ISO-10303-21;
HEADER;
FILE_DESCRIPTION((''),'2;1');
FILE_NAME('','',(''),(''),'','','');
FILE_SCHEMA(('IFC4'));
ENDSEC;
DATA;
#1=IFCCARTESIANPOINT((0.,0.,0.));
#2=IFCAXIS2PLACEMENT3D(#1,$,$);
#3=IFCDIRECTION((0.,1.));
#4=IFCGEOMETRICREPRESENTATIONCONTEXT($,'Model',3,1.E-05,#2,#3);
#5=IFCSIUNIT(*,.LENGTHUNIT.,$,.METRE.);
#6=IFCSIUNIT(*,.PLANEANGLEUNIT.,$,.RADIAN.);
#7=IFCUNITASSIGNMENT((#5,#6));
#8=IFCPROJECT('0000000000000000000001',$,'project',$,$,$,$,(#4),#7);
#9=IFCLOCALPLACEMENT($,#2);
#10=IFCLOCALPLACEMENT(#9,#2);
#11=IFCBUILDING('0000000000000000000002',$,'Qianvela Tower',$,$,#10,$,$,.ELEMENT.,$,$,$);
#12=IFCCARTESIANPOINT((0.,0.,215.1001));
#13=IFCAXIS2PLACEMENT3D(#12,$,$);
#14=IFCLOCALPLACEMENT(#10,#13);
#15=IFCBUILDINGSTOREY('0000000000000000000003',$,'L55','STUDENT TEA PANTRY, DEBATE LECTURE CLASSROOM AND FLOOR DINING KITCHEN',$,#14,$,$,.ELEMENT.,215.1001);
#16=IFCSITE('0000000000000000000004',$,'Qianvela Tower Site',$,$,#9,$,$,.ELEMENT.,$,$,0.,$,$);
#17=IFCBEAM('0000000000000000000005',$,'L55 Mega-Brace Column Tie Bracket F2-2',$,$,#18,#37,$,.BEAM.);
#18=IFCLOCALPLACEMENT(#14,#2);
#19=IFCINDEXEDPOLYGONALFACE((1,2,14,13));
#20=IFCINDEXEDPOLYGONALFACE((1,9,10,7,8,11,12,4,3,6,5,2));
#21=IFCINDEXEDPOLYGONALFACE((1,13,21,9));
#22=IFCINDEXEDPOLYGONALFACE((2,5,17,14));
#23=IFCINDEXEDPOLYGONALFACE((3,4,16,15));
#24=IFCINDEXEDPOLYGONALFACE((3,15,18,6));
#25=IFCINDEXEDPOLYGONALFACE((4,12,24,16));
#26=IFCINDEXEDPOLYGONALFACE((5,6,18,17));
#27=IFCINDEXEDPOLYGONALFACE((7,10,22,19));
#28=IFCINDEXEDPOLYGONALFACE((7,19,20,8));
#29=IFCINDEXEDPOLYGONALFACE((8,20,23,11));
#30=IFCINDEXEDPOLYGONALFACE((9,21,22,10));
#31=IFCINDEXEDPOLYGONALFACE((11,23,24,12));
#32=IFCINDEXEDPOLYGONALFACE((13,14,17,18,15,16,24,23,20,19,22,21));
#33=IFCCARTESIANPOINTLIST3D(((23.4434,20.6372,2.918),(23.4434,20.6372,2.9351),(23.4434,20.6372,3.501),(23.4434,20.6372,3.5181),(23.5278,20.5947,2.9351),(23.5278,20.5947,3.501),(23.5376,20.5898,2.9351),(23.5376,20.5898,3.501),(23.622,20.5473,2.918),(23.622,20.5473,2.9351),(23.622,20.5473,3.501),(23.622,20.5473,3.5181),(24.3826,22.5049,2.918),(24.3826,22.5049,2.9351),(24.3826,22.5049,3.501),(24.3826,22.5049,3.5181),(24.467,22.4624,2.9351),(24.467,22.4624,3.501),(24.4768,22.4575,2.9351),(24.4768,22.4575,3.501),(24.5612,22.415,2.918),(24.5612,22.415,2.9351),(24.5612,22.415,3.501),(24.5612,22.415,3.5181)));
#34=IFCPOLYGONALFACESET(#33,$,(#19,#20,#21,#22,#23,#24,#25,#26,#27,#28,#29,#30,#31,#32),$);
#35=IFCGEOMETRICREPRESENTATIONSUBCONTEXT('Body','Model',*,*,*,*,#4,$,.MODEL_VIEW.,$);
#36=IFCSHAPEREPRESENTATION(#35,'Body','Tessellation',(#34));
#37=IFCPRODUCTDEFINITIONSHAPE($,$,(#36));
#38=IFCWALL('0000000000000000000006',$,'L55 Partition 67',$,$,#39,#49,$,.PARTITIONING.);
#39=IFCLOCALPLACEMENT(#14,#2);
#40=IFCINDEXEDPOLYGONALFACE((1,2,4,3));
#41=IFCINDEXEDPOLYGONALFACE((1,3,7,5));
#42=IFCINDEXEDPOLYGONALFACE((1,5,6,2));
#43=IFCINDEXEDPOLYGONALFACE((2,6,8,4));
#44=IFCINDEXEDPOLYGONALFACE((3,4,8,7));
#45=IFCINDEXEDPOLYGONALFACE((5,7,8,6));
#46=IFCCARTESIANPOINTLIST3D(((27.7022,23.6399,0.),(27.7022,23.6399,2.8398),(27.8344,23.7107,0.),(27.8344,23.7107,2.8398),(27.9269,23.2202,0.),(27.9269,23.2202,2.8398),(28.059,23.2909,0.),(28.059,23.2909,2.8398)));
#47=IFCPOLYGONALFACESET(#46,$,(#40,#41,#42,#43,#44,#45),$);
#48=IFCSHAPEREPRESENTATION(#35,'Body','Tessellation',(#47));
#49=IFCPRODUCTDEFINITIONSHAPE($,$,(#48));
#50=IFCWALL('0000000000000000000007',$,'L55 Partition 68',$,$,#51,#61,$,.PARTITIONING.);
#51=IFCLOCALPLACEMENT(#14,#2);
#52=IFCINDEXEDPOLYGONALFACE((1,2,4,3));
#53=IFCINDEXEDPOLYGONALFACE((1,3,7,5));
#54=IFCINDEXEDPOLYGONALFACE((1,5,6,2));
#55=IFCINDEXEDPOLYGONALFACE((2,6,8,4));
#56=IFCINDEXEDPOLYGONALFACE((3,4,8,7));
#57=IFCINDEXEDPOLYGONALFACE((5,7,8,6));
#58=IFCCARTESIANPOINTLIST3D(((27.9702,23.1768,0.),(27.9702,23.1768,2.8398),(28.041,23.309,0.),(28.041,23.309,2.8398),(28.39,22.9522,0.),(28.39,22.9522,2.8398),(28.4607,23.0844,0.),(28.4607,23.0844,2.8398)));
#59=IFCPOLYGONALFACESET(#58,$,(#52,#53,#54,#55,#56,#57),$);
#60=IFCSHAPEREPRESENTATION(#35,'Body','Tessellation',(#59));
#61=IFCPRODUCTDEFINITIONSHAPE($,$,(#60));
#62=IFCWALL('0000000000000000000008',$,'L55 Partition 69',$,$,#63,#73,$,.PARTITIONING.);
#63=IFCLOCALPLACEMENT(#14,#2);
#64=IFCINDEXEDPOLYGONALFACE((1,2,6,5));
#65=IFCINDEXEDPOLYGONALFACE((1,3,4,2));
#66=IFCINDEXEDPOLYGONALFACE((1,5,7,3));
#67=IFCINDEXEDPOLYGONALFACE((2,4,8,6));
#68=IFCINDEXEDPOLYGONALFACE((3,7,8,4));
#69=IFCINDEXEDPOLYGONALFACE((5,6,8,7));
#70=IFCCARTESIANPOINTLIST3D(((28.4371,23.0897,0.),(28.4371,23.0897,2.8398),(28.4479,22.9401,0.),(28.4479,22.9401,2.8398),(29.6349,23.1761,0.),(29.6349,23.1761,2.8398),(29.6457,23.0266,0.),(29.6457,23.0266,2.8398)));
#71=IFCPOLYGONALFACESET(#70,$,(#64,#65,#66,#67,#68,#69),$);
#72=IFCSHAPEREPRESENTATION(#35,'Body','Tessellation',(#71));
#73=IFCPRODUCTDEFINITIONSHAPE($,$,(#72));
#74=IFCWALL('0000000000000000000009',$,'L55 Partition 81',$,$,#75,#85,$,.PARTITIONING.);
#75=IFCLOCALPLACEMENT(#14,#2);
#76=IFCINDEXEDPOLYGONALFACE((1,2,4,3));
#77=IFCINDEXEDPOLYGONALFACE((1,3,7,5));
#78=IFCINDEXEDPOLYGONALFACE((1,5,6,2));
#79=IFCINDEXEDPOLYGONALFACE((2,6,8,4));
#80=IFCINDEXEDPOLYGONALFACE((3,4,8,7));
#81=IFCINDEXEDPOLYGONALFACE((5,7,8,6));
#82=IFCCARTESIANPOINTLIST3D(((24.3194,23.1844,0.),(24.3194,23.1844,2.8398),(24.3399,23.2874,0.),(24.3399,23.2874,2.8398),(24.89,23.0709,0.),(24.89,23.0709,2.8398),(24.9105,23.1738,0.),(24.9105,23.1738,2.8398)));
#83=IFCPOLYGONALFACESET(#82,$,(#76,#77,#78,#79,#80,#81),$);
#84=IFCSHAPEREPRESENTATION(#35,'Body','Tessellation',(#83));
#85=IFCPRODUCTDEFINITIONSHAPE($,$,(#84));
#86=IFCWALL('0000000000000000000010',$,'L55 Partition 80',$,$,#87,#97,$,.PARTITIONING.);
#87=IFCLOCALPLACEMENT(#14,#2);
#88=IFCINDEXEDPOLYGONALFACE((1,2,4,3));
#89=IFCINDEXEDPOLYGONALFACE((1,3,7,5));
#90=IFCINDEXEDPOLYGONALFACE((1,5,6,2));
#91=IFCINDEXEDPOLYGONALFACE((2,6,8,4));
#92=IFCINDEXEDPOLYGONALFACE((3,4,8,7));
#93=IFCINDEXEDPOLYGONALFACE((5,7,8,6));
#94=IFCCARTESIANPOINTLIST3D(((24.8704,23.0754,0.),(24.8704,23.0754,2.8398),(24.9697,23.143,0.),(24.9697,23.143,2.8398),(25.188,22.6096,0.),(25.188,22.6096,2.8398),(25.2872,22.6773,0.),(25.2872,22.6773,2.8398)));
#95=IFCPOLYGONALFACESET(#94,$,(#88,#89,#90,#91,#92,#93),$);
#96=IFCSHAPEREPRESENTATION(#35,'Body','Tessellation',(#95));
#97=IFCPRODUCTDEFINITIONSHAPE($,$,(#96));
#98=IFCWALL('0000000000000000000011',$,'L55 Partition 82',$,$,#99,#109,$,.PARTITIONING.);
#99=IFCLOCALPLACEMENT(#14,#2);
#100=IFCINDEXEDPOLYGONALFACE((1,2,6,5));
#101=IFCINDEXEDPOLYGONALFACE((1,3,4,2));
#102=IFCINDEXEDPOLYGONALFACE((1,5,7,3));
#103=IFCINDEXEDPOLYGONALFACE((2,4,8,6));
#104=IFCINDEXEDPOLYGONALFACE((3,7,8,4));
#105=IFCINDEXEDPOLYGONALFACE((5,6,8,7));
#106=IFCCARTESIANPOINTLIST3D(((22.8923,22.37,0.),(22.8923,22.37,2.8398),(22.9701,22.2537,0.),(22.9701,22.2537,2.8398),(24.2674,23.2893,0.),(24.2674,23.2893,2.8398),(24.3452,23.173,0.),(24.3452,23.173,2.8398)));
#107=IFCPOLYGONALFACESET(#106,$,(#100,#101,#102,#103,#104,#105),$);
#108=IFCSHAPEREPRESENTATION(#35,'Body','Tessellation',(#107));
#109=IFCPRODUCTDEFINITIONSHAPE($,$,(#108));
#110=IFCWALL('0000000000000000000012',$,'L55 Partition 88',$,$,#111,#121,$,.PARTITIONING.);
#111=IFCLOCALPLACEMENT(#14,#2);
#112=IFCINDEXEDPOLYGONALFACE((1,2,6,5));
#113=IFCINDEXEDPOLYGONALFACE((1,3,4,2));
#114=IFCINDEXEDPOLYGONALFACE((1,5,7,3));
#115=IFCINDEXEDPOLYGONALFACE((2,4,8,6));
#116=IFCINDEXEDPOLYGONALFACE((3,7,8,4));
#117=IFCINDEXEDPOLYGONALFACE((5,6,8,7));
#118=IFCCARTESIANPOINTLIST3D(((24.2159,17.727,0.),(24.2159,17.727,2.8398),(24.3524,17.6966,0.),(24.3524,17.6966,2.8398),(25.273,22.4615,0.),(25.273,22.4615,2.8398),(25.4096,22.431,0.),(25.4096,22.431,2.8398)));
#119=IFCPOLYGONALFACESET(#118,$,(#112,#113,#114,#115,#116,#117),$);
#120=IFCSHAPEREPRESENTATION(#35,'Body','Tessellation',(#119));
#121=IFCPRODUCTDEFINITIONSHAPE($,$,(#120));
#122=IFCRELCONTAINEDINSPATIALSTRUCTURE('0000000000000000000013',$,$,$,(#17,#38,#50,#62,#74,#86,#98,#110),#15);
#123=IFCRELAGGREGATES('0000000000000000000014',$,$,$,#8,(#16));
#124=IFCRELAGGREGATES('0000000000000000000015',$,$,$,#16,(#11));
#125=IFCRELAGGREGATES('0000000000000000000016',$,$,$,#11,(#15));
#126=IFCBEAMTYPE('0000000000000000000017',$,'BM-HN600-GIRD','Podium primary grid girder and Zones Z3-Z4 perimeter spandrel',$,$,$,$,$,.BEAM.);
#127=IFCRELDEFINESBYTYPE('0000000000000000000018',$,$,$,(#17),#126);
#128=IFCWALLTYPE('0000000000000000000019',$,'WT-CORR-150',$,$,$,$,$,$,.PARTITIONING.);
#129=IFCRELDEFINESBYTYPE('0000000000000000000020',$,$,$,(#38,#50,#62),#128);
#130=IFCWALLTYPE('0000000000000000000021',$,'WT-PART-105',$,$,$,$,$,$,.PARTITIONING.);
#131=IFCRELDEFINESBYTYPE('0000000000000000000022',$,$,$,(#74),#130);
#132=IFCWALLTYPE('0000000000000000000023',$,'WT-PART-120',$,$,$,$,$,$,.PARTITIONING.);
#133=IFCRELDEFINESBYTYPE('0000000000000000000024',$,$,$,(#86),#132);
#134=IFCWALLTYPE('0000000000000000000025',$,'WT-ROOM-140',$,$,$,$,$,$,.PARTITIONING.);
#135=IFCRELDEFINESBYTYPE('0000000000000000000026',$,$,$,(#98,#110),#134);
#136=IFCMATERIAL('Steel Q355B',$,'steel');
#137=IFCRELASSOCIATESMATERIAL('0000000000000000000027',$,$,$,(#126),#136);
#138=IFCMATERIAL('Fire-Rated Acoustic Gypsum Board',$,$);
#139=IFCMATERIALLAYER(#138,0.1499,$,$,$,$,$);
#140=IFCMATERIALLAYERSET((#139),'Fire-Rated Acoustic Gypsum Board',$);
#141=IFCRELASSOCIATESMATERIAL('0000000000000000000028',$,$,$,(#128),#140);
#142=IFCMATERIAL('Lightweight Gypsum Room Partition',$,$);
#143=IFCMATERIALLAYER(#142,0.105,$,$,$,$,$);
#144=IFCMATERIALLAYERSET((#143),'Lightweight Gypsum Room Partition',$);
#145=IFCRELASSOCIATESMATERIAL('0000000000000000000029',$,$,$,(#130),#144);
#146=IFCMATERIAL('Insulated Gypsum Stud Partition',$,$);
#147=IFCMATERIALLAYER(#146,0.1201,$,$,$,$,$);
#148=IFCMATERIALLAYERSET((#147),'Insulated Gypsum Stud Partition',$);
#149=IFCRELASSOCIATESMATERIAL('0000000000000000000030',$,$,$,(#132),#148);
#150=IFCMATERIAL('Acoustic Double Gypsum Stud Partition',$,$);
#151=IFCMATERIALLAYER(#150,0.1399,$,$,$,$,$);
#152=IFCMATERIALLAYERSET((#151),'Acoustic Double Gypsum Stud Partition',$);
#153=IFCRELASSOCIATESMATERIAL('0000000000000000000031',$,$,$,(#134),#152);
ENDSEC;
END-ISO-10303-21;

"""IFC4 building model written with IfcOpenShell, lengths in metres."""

from ifc_helpers import new_model, si_unit, direction, frame, frame_2d, origin, origin_2d, place, context, subcontext, project, spatial, rectangle, i_section, extrude, material, layer, layer_set, material_profile, profile_set, type_object, element, save


model = new_model("IFC4")

# Units and contexts
model_context = context("Model", 3, precision=1e-05, world=origin(), true_north=direction((0.0, 1.0)))
body_context = subcontext(model_context, "Body", "Model", "MODEL_VIEW")
ifc_project = project(units=[si_unit("LENGTHUNIT", "METRE"), si_unit("PLANEANGLEUNIT", "RADIAN")], contexts=[model_context])

# Site, building, storey
site_placement = place(None, origin())
site = spatial("IfcSite", under=ifc_project, at=site_placement, Name="Qianvela Tower Site", CompositionType="ELEMENT", RefElevation=0.0)
building_placement = place(site_placement, origin())
building = spatial("IfcBuilding", under=site, at=building_placement, Name="Qianvela Tower", CompositionType="ELEMENT")
storey_placement = place(building_placement, frame((0.0, 0.0, 215.1001)))
storey = spatial("IfcBuildingStorey", under=building, at=storey_placement, Name="L55", Description="STUDENT TEA PANTRY, DEBATE LECTURE CLASSROOM AND FLOOR DINING KITCHEN", CompositionType="ELEMENT", Elevation=215.1001)

# Beam
ifc_material_1 = material(Name="Steel Q355B", Category="steel")
ifc_material_profile_1 = material_profile(ifc_material_1, i_section(OverallWidth=0.2, OverallDepth=0.6001, WebThickness=0.011, FlangeThickness=0.0171, at=origin_2d()), Name="HN600x200x11x17")
ifc_profile_set_1 = profile_set([ifc_material_profile_1], Name="Steel Q355B")
beam_type_1 = type_object("IfcBeamType", Name="BM-HN600-GIRD", Description="Podium primary grid girder and Zones Z3-Z4 perimeter spandrel", PredefinedType="BEAM", material=ifc_profile_set_1)
for number, where, z_axis, x_axis, name in (
    (1, (24.4719, 22.46, 3.218), (-0.449268, -0.893397, 0.0), (0.893397, -0.449268, 0.0), "L55 Mega-Brace Column Tie Bracket F2-2"),
):
    element("IfcBeam", number, at=place(storey_placement, frame(where, z_axis=z_axis, x_axis=x_axis)), inside=storey, type_object=beam_type_1, Name=name, PredefinedType="BEAM", context=body_context, shape_type="SweptSolid", body=[
        extrude(i_section(OverallWidth=0.2, OverallDepth=0.6001, WebThickness=0.011, FlangeThickness=0.0171, at=origin_2d()), origin(), (0.0, 0.0, 1.0), 2.0906),
    ])

# Walls
ifc_material_2 = material(Name="Fire-Rated Acoustic Gypsum Board")
ifc_layer_1 = layer(ifc_material_2, 0.1499)
ifc_layer_set_1 = layer_set([ifc_layer_1], Name="Fire-Rated Acoustic Gypsum Board")
wall_type_1 = type_object("IfcWallType", Name="WT-CORR-150", PredefinedType="PARTITIONING", material=ifc_layer_set_1)
for number, where, z_axis, x_axis, name in (
    (2, (27.7683, 23.6753, 0.0), (0.0, 0.0, 1.0), (0.471866, -0.881671, 0.0), "L55 Partition 67"),
    (3, (28.0056, 23.2429, 0.0), (0.0, 0.0, 1.0), (0.881671, -0.471866, 0.0), "L55 Partition 68"),
):
    element("IfcWall", number, at=place(storey_placement, frame(where, z_axis=z_axis, x_axis=x_axis)), inside=storey, type_object=wall_type_1, Name=name, PredefinedType="PARTITIONING", context=body_context, shape_type="SweptSolid", body=[
        extrude(rectangle(XDim=0.4761, YDim=0.1499, at=frame_2d((0.238, 0.0))), origin(), (0.0, 0.0, 1.0), 2.8398),
    ])
wall_1_placement = place(storey_placement, frame((28.4424, 23.0149, 0.0), z_axis=(0.0, 0.0, 1.0), x_axis=(0.997407, 0.071969, 0.0)))
element("IfcWall", 4, at=wall_1_placement, inside=storey, type_object=wall_type_1, Name="L55 Partition 69", PredefinedType="PARTITIONING", context=body_context, shape_type="SweptSolid", body=[
    extrude(rectangle(XDim=1.2009, YDim=0.1499, at=frame_2d((0.6006, 0.0))), origin(), (0.0, 0.0, 1.0), 2.8398),
])
ifc_material_3 = material(Name="Lightweight Gypsum Room Partition")
ifc_layer_2 = layer(ifc_material_3, 0.105)
ifc_layer_set_2 = layer_set([ifc_layer_2], Name="Lightweight Gypsum Room Partition")
wall_type_2 = type_object("IfcWallType", Name="WT-PART-105", PredefinedType="PARTITIONING", material=ifc_layer_set_2)
wall_2_placement = place(storey_placement, frame((24.9004, 23.1223, 0.0), z_axis=(0.0, 0.0, 1.0), x_axis=(-0.980774, 0.195148, 0.0)))
element("IfcWall", 5, at=wall_2_placement, inside=storey, type_object=wall_type_2, Name="L55 Partition 81", PredefinedType="PARTITIONING", context=body_context, shape_type="SweptSolid", body=[
    extrude(rectangle(XDim=0.5818, YDim=0.105, at=frame_2d((0.291, 0.0))), origin(), (0.0, 0.0, 1.0), 2.8398),
])
ifc_material_4 = material(Name="Insulated Gypsum Stud Partition")
ifc_layer_3 = layer(ifc_material_4, 0.1201)
ifc_layer_set_3 = layer_set([ifc_layer_3], Name="Insulated Gypsum Stud Partition")
wall_type_3 = type_object("IfcWallType", Name="WT-PART-120", PredefinedType="PARTITIONING", material=ifc_layer_set_3)
wall_3_placement = place(storey_placement, frame((25.2375, 22.6436, 0.0), z_axis=(0.0, 0.0, 1.0), x_axis=(-0.563364, 0.826209, 0.0)))
element("IfcWall", 6, at=wall_3_placement, inside=storey, type_object=wall_type_3, Name="L55 Partition 80", PredefinedType="PARTITIONING", context=body_context, shape_type="SweptSolid", body=[
    extrude(rectangle(XDim=0.5637, YDim=0.1201, at=frame_2d((0.2817, 0.0))), origin(), (0.0, 0.0, 1.0), 2.8398),
])
ifc_material_5 = material(Name="Acoustic Double Gypsum Stud Partition")
ifc_layer_4 = layer(ifc_material_5, 0.1399)
ifc_layer_set_4 = layer_set([ifc_layer_4], Name="Acoustic Double Gypsum Stud Partition")
wall_type_4 = type_object("IfcWallType", Name="WT-ROOM-140", PredefinedType="PARTITIONING", material=ifc_layer_set_4)
wall_4_placement = place(storey_placement, frame((24.3064, 23.2312, 0.0), z_axis=(0.0, 0.0, 1.0), x_axis=(-0.831346, -0.555756, 0.0)))
element("IfcWall", 7, at=wall_4_placement, inside=storey, type_object=wall_type_4, Name="L55 Partition 82", PredefinedType="PARTITIONING", context=body_context, shape_type="SweptSolid", body=[
    extrude(rectangle(XDim=1.6541, YDim=0.1399, at=frame_2d((0.8271, 0.0))), origin(), (0.0, 0.0, 1.0), 2.8398),
])
wall_5_placement = place(storey_placement, frame((25.3413, 22.4463, 0.0), z_axis=(0.0, 0.0, 1.0), x_axis=(-0.217922, -0.975966, 0.0)))
element("IfcWall", 8, at=wall_5_placement, inside=storey, type_object=wall_type_4, Name="L55 Partition 88", PredefinedType="PARTITIONING", context=body_context, shape_type="SweptSolid", body=[
    extrude(rectangle(XDim=4.8511, YDim=0.1399, at=frame_2d((2.4255, 0.0))), origin(), (0.0, 0.0, 1.0), 2.8398),
])

save(model, "model.ifc")
